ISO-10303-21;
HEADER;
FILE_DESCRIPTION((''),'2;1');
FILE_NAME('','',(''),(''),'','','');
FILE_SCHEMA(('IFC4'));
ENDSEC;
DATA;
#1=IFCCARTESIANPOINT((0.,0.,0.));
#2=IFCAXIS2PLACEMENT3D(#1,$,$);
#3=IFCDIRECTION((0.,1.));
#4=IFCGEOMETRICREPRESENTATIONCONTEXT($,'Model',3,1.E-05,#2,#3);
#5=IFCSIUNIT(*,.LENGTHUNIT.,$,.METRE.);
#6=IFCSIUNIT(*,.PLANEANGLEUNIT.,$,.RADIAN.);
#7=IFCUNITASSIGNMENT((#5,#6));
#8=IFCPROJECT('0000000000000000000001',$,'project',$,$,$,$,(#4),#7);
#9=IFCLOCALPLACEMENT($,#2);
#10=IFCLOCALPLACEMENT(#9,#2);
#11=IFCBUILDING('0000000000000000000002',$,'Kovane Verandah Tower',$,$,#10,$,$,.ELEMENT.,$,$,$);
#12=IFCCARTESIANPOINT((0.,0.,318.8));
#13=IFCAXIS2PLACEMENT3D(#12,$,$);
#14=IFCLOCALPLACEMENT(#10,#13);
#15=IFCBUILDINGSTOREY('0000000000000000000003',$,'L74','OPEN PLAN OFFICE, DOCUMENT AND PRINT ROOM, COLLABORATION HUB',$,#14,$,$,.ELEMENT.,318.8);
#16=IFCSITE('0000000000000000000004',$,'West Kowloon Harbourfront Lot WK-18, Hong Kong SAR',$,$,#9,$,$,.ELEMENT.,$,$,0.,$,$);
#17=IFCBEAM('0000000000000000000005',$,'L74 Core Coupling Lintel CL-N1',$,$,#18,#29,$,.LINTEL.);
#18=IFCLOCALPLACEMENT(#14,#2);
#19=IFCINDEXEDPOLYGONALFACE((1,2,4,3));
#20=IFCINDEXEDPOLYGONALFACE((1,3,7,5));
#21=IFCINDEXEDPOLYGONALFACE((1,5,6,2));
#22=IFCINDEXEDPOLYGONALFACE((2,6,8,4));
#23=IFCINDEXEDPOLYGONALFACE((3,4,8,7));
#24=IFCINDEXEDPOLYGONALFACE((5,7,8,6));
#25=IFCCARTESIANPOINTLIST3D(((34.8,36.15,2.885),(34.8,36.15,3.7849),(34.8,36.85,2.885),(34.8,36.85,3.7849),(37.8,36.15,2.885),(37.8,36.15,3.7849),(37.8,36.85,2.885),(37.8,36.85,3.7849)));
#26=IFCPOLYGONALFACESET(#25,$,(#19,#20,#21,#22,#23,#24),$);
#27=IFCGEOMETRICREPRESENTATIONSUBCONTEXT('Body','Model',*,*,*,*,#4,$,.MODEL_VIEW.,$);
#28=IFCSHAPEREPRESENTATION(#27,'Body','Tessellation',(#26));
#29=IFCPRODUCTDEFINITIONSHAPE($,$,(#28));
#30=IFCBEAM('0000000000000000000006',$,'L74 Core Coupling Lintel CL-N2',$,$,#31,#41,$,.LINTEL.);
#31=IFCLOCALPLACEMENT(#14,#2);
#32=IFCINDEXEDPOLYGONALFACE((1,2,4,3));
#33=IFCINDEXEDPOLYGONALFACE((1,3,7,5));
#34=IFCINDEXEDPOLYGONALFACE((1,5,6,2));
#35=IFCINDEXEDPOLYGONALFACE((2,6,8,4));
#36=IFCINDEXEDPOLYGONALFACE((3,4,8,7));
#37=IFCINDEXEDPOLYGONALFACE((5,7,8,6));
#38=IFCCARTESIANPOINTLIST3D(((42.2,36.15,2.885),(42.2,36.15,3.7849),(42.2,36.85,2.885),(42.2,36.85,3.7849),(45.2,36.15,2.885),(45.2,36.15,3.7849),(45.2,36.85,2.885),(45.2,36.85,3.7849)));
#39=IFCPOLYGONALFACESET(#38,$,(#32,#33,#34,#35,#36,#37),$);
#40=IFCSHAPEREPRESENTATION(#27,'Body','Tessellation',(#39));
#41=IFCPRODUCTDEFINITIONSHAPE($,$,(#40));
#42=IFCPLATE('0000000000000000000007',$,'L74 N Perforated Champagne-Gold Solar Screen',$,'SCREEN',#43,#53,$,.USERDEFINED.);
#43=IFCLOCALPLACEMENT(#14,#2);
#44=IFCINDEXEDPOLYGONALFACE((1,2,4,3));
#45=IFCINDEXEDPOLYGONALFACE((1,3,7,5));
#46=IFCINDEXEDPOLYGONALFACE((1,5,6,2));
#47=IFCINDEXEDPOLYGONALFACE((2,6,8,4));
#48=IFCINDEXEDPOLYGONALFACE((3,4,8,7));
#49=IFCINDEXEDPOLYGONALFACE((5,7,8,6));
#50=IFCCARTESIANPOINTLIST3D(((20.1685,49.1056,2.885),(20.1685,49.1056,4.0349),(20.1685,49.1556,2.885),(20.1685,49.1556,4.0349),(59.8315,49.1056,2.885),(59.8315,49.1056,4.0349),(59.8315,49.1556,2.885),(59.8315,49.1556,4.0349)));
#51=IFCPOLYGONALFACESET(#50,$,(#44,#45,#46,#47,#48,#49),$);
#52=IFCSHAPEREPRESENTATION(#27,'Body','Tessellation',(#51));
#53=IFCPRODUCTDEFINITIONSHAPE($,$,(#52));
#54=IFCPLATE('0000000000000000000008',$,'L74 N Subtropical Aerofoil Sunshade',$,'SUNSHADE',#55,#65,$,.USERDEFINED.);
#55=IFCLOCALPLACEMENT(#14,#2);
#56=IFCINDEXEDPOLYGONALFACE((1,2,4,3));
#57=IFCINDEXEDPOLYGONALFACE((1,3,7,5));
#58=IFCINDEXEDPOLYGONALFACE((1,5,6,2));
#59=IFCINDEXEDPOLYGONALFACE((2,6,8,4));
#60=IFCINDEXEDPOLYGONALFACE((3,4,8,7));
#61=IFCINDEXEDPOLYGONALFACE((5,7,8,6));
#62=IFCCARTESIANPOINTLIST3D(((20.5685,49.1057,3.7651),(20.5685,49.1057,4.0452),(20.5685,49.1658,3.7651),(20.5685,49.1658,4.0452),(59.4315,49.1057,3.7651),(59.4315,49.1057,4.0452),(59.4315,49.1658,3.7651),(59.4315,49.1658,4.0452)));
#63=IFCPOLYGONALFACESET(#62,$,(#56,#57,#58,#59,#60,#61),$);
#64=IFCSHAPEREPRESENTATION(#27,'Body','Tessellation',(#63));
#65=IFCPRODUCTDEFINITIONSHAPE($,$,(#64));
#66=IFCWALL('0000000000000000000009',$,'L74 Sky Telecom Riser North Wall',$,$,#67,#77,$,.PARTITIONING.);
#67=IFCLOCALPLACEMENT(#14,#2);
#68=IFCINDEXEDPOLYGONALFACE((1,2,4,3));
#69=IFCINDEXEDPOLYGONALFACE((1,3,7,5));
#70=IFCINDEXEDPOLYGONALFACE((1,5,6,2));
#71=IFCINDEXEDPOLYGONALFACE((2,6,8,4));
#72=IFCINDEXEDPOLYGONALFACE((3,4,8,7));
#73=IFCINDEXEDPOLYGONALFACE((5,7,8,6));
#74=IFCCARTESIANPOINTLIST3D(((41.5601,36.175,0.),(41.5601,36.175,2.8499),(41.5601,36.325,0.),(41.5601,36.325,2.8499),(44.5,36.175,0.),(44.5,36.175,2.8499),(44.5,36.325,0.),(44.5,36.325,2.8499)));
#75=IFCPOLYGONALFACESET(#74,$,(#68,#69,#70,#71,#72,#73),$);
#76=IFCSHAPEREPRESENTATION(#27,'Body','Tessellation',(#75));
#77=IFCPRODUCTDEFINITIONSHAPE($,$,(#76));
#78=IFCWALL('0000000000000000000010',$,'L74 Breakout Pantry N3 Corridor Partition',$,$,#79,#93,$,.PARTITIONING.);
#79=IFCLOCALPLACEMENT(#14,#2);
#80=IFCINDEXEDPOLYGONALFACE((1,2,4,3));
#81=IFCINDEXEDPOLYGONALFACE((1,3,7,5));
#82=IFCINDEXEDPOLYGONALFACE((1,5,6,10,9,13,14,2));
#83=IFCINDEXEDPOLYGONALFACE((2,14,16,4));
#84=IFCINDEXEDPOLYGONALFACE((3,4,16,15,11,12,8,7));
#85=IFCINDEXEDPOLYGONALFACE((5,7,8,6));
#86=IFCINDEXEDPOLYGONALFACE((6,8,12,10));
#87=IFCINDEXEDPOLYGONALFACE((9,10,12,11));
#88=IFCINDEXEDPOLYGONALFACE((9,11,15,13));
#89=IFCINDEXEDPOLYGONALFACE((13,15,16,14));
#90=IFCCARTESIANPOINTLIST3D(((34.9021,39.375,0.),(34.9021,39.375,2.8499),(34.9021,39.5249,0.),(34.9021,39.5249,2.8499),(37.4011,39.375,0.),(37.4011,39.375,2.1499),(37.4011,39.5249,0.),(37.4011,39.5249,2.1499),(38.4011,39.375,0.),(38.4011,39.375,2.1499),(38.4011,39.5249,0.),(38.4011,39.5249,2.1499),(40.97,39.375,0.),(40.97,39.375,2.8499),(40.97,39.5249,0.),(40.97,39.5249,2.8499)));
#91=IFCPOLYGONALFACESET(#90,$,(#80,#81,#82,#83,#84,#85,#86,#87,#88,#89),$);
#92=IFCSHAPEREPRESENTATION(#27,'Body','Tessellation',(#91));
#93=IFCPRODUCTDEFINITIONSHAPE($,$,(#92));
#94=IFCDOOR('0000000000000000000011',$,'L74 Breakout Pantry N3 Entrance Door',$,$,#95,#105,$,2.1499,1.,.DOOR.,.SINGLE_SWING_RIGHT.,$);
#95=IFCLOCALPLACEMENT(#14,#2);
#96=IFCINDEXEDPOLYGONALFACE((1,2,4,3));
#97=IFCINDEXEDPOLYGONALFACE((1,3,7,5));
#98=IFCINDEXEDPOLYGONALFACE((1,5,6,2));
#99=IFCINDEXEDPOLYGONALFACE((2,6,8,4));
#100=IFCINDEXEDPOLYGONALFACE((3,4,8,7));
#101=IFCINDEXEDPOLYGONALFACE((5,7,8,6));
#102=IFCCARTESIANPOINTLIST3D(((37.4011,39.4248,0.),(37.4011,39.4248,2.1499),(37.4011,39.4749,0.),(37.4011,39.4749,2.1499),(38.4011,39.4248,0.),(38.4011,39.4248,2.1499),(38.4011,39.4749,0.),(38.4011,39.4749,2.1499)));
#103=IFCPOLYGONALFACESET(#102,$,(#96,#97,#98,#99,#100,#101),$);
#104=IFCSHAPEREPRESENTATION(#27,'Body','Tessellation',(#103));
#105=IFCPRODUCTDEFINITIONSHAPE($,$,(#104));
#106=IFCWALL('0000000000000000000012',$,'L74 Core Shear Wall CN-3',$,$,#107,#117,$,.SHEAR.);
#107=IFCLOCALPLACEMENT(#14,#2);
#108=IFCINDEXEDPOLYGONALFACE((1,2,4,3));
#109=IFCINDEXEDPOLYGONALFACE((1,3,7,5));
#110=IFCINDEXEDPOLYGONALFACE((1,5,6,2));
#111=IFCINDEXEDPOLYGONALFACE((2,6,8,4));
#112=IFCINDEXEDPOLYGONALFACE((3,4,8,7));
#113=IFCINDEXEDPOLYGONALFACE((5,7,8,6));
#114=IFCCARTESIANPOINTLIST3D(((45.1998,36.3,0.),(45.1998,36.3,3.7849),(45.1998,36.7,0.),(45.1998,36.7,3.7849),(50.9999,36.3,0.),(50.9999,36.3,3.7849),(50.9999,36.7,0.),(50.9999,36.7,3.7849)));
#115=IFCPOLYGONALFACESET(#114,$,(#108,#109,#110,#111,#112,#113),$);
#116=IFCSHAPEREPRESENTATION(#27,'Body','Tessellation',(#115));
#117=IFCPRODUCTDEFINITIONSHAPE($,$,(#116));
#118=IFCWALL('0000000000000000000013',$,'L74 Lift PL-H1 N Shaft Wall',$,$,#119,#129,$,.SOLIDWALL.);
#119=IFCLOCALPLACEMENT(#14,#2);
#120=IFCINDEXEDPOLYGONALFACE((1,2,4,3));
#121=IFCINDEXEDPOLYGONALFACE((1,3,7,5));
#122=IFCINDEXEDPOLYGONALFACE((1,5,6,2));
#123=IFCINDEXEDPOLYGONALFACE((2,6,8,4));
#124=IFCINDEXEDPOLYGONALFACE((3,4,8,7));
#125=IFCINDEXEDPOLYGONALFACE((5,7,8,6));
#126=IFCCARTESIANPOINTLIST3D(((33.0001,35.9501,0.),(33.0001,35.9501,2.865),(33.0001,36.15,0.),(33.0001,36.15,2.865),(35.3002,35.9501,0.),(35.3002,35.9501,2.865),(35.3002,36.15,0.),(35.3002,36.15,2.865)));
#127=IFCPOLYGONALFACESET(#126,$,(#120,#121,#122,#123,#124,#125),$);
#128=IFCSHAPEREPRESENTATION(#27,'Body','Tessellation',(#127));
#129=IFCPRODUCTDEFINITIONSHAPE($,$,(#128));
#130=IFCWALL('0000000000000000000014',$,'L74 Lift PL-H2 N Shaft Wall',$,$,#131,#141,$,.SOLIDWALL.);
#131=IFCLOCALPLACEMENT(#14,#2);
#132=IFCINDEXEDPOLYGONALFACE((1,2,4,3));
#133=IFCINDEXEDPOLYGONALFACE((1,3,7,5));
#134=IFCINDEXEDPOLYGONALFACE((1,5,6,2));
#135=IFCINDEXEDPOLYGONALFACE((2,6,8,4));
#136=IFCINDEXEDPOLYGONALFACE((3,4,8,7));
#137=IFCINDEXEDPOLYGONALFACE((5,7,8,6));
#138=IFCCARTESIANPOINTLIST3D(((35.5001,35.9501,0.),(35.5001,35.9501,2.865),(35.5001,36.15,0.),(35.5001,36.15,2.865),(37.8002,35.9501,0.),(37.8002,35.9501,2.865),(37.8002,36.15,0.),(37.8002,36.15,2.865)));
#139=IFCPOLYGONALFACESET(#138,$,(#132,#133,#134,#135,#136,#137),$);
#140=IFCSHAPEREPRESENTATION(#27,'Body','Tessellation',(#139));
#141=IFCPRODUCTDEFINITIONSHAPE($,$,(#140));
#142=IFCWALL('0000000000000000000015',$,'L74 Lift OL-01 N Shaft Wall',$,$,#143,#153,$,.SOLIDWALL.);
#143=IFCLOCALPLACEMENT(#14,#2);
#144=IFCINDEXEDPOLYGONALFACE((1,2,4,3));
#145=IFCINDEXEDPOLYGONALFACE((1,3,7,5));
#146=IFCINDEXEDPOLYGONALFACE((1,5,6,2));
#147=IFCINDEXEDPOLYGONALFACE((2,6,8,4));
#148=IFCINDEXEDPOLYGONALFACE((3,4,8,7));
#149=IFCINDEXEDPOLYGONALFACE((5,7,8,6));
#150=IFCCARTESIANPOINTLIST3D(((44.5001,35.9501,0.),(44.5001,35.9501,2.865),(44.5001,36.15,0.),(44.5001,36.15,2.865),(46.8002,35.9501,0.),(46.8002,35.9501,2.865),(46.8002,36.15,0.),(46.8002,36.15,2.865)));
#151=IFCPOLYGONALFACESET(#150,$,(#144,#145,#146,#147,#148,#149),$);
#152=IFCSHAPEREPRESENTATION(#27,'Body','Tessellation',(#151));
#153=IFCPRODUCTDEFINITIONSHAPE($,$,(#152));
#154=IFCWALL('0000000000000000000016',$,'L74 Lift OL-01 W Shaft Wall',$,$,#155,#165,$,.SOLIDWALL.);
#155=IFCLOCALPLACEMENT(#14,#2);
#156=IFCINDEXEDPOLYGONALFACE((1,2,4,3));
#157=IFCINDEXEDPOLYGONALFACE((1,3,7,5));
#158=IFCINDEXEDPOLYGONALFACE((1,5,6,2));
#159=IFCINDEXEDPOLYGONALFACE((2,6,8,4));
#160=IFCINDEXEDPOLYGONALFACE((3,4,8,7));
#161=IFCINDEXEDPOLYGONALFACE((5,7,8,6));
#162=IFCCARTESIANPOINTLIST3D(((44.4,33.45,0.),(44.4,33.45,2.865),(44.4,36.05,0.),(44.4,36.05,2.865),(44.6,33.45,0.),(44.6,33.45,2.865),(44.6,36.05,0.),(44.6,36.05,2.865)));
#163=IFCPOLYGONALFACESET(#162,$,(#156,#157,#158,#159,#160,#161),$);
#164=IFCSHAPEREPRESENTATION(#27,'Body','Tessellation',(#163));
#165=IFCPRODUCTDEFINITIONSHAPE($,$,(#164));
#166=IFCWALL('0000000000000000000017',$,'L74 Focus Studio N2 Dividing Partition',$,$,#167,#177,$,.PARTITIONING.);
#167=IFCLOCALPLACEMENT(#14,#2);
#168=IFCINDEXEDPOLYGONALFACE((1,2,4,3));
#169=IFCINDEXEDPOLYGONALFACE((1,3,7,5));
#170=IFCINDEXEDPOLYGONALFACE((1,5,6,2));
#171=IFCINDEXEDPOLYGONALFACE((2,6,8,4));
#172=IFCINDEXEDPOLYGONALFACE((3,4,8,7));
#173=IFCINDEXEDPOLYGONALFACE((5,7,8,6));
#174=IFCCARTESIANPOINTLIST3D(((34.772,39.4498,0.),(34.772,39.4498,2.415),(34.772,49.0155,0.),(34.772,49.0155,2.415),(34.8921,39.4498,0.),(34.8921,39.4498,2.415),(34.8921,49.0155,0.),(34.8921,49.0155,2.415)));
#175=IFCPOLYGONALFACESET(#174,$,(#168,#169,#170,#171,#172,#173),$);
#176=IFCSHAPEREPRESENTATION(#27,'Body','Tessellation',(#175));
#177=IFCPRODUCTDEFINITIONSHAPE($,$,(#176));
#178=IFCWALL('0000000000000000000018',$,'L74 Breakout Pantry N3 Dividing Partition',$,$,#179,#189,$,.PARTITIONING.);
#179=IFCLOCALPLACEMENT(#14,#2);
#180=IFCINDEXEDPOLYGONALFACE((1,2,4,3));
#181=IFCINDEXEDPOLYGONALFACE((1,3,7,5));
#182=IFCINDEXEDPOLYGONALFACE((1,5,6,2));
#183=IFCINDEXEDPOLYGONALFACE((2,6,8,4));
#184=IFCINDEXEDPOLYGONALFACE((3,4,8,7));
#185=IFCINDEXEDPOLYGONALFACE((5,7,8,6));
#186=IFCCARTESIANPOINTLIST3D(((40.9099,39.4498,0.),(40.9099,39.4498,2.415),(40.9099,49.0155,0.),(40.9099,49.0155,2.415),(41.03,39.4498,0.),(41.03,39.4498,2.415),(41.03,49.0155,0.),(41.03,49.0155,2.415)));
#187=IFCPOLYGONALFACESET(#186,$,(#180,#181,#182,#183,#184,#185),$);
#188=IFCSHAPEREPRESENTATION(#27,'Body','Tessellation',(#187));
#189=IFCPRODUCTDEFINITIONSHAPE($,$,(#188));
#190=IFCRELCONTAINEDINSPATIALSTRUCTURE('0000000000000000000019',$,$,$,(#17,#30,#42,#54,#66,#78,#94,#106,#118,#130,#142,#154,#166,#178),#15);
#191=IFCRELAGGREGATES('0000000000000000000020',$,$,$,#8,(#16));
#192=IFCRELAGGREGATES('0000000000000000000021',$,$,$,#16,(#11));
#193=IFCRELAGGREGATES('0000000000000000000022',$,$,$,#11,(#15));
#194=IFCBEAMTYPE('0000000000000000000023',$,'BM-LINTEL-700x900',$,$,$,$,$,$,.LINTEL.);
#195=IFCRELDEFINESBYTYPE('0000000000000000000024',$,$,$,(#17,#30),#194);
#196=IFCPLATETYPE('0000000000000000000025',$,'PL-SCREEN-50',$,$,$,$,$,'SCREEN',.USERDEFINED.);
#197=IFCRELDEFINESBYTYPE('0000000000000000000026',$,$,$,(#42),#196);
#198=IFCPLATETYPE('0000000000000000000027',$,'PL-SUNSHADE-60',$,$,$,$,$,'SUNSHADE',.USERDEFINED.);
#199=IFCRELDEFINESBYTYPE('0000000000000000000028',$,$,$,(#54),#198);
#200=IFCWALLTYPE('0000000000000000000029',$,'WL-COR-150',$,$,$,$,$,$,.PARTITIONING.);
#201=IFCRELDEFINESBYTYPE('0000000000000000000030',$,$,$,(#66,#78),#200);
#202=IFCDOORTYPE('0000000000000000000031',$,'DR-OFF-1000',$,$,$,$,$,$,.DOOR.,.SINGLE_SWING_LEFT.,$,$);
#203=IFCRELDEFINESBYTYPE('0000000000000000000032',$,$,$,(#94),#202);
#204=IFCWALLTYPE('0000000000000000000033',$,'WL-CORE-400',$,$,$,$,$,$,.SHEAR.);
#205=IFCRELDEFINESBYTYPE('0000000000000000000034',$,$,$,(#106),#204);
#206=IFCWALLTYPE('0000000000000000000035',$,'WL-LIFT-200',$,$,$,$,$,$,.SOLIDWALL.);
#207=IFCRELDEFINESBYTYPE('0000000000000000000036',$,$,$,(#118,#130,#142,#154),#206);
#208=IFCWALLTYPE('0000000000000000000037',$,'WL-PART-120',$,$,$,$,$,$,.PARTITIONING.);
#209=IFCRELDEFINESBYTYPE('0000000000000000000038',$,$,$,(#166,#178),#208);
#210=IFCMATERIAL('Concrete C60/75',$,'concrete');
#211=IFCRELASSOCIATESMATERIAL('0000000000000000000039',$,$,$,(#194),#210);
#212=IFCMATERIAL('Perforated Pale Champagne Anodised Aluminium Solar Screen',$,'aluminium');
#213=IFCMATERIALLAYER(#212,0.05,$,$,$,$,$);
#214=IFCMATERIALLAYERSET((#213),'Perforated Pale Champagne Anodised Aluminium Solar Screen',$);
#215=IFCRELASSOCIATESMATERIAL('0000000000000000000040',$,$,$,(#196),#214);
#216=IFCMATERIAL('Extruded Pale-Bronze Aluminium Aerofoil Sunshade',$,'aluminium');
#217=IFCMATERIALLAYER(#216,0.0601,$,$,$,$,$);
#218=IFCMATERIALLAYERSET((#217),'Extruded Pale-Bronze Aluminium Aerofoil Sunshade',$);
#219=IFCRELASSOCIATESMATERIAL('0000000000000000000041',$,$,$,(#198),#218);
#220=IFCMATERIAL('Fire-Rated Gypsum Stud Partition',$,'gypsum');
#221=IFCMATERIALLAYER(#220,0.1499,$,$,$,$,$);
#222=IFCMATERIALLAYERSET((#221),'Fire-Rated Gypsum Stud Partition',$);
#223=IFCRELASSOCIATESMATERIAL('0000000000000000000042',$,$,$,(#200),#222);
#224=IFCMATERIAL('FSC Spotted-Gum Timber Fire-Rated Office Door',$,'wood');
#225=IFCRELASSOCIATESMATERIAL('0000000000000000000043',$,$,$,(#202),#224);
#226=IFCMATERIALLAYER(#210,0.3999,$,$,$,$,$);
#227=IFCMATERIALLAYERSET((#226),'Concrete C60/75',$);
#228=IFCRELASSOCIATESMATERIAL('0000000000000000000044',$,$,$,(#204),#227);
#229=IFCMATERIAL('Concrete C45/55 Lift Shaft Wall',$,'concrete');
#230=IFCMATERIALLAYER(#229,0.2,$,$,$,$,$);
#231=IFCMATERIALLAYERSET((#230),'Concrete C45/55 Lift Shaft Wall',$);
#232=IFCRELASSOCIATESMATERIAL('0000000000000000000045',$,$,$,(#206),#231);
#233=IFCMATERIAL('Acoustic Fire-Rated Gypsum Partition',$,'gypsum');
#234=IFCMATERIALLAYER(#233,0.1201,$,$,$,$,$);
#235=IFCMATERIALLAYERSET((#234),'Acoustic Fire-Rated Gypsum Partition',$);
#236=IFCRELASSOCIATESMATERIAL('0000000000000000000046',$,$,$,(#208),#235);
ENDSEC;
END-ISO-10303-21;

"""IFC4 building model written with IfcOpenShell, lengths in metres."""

from ifc_helpers import new_model, si_unit, direction, frame, frame_2d, origin, origin_2d, place, context, subcontext, project, spatial, rectangle, extrude, material, layer, layer_set, material_profile, profile_set, type_object, element, fill, save


model = new_model("IFC4")

# Units and contexts
model_context = context("Model", 3, precision=1e-05, world=origin(), true_north=direction((0.0, 1.0)))
body_context = subcontext(model_context, "Body", "Model", "MODEL_VIEW")
ifc_project = project(units=[si_unit("LENGTHUNIT", "METRE"), si_unit("PLANEANGLEUNIT", "RADIAN")], contexts=[model_context])

# Site, building, storey
site_placement = place(None, origin())
site = spatial("IfcSite", under=ifc_project, at=site_placement, Name="West Kowloon Harbourfront Lot WK-18, Hong Kong SAR", CompositionType="ELEMENT", RefElevation=0.0)
building_placement = place(site_placement, origin())
building = spatial("IfcBuilding", under=site, at=building_placement, Name="Kovane Verandah Tower", CompositionType="ELEMENT")
storey_placement = place(building_placement, frame((0.0, 0.0, 318.8)))
storey = spatial("IfcBuildingStorey", under=building, at=storey_placement, Name="L74", Description="OPEN PLAN OFFICE, DOCUMENT AND PRINT ROOM, COLLABORATION HUB", CompositionType="ELEMENT", Elevation=318.8)

# Beams
ifc_material_1 = material(Name="Concrete C60/75", Category="concrete")
ifc_material_profile = material_profile(ifc_material_1, rectangle(XDim=0.7, YDim=0.8999, at=origin_2d()), Name="RCB700x900")
ifc_profile_set = profile_set([ifc_material_profile], Name="Concrete C60/75")
beam_type = type_object("IfcBeamType", Name="BM-LINTEL-700x900", PredefinedType="LINTEL", material=ifc_profile_set)
for number, where, z_axis, x_axis, name in (
    (1, (34.8, 36.5, 3.335), (1.0, 0.0, 0.0), (0.0, 1.0, 0.0), "L74 Core Coupling Lintel CL-N1"),
    (2, (42.2, 36.5, 3.335), (1.0, 0.0, 0.0), (0.0, 1.0, 0.0), "L74 Core Coupling Lintel CL-N2"),
):
    element("IfcBeam", number, at=place(storey_placement, frame(where, z_axis=z_axis, x_axis=x_axis)), inside=storey, type_object=beam_type, Name=name, PredefinedType="LINTEL", context=body_context, shape_type="SweptSolid", body=[
        extrude(rectangle(XDim=0.7, YDim=0.8999, at=origin_2d()), origin(), (0.0, 0.0, 1.0), 3.0),
    ])

# Plates
ifc_material_2 = material(Name="Perforated Pale Champagne Anodised Aluminium Solar Screen", Category="aluminium")
ifc_layer_1 = layer(ifc_material_2, 0.05)
ifc_layer_set_1 = layer_set([ifc_layer_1], Name="Perforated Pale Champagne Anodised Aluminium Solar Screen")
plate_type_1 = type_object("IfcPlateType", Name="PL-SCREEN-50", ElementType="SCREEN", PredefinedType="USERDEFINED", material=ifc_layer_set_1)
plate_1_placement = place(storey_placement, frame((40.0, 49.1306, 2.885), z_axis=(0.0, 0.0, 1.0), x_axis=(-1.0, 0.0, 0.0)))
element("IfcPlate", 3, at=plate_1_placement, inside=storey, type_object=plate_type_1, Name="L74 N Perforated Champagne-Gold Solar Screen", ObjectType="SCREEN", PredefinedType="USERDEFINED", context=body_context, shape_type="SweptSolid", body=[
    extrude(rectangle(XDim=39.6631, YDim=0.05, at=origin_2d()), origin(), (0.0, 0.0, 1.0), 1.1499),
])
ifc_material_3 = material(Name="Extruded Pale-Bronze Aluminium Aerofoil Sunshade", Category="aluminium")
ifc_layer_2 = layer(ifc_material_3, 0.0601)
ifc_layer_set_2 = layer_set([ifc_layer_2], Name="Extruded Pale-Bronze Aluminium Aerofoil Sunshade")
plate_type_2 = type_object("IfcPlateType", Name="PL-SUNSHADE-60", ElementType="SUNSHADE", PredefinedType="USERDEFINED", material=ifc_layer_set_2)
plate_2_placement = place(storey_placement, frame((40.0, 49.1357, 3.7651), z_axis=(0.0, 0.0, 1.0), x_axis=(-1.0, 0.0, 0.0)))
element("IfcPlate", 4, at=plate_2_placement, inside=storey, type_object=plate_type_2, Name="L74 N Subtropical Aerofoil Sunshade", ObjectType="SUNSHADE", PredefinedType="USERDEFINED", context=body_context, shape_type="SweptSolid", body=[
    extrude(rectangle(XDim=38.863, YDim=0.0601, at=origin_2d()), origin(), (0.0, 0.0, 1.0), 0.28),
])

# Wall
ifc_material_4 = material(Name="Fire-Rated Gypsum Stud Partition", Category="gypsum")
ifc_layer_3 = layer(ifc_material_4, 0.1499)
ifc_layer_set_3 = layer_set([ifc_layer_3], Name="Fire-Rated Gypsum Stud Partition")
wall_type_1 = type_object("IfcWallType", Name="WL-COR-150", PredefinedType="PARTITIONING", material=ifc_layer_set_3)
wall_1_placement = place(storey_placement, frame((41.5601, 36.25, 0.0), z_axis=(0.0, 0.0, 1.0), x_axis=(1.0, 0.0, 0.0)))
element("IfcWall", 5, at=wall_1_placement, inside=storey, type_object=wall_type_1, Name="L74 Sky Telecom Riser North Wall", PredefinedType="PARTITIONING", context=body_context, shape_type="SweptSolid", body=[
    extrude(rectangle(XDim=2.9399, YDim=0.1499, at=frame_2d((1.47, 0.0))), origin(), (0.0, 0.0, 1.0), 2.8499),
])

# Wall, opening, door
wall_2_placement = place(storey_placement, frame((34.9021, 39.45, 0.0), z_axis=(0.0, 0.0, 1.0), x_axis=(1.0, 0.0, 0.0)))
wall_2 = element("IfcWall", 6, at=wall_2_placement, inside=storey, type_object=wall_type_1, Name="L74 Breakout Pantry N3 Corridor Partition", PredefinedType="PARTITIONING", context=body_context, shape_type="SweptSolid", body=[
    extrude(rectangle(XDim=6.0679, YDim=0.1499, at=frame_2d((3.0339, 0.0))), origin(), (0.0, 0.0, 1.0), 2.8499),
])
opening_1_placement = place(wall_2_placement, frame((2.499, 0.0, 0.0)))
opening_1 = element("IfcOpeningElement", 7, at=opening_1_placement, cuts=wall_2, PredefinedType="OPENING", context=body_context, shape_type="SweptSolid", body=[
    extrude(rectangle(XDim=1.0, YDim=2.1499, at=frame_2d((0.5, 1.075))), frame((0.0, 0.075, 0.0), z_axis=(0.0, -1.0, 0.0), x_axis=(1.0, 0.0, 0.0)), (0.0, 0.0, 1.0), 0.1499),
])
ifc_material_5 = material(Name="FSC Spotted-Gum Timber Fire-Rated Office Door", Category="wood")
door_type_1 = type_object("IfcDoorType", Name="DR-OFF-1000", OperationType="SINGLE_SWING_LEFT", PredefinedType="DOOR", material=ifc_material_5)
door_1_placement = place(opening_1_placement, origin())
door_1 = element("IfcDoor", 8, at=door_1_placement, inside=storey, type_object=door_type_1, Name="L74 Breakout Pantry N3 Entrance Door", OperationType="SINGLE_SWING_RIGHT", OverallHeight=2.1499, OverallWidth=1.0, PredefinedType="DOOR", context=body_context, shape_type="SweptSolid", body=[
    extrude(rectangle(XDim=1.0, YDim=2.1499, at=frame_2d((0.5, 1.075))), frame((0.0, 0.0249, 0.0), z_axis=(0.0, -1.0, 0.0), x_axis=(1.0, 0.0, 0.0)), (0.0, 0.0, 1.0), 0.05),
])
fill(opening_1, door_1)
ifc_layer_4 = layer(ifc_material_1, 0.3999)
ifc_layer_set_4 = layer_set([ifc_layer_4], Name="Concrete C60/75")
wall_type_2 = type_object("IfcWallType", Name="WL-CORE-400", PredefinedType="SHEAR", material=ifc_layer_set_4)

# Walls
wall_3_placement = place(storey_placement, frame((45.2, 36.5, 0.0), z_axis=(0.0, 0.0, 1.0), x_axis=(1.0, 0.0, 0.0)))
element("IfcWall", 9, at=wall_3_placement, inside=storey, type_object=wall_type_2, Name="L74 Core Shear Wall CN-3", PredefinedType="SHEAR", context=body_context, shape_type="SweptSolid", body=[
    extrude(rectangle(XDim=5.8, YDim=0.3999, at=frame_2d((2.8999, 0.0))), origin(), (0.0, 0.0, 1.0), 3.7849),
])
ifc_material_6 = material(Name="Concrete C45/55 Lift Shaft Wall", Category="concrete")
ifc_layer_5 = layer(ifc_material_6, 0.2)
ifc_layer_set_5 = layer_set([ifc_layer_5], Name="Concrete C45/55 Lift Shaft Wall")
wall_type_3 = type_object("IfcWallType", Name="WL-LIFT-200", PredefinedType="SOLIDWALL", material=ifc_layer_set_5)
for number, where, z_axis, x_axis, name in (
    (10, (35.3, 36.05, 0.0), (0.0, 0.0, 1.0), (-1.0, 0.0, 0.0), "L74 Lift PL-H1 N Shaft Wall"),
    (11, (37.8, 36.05, 0.0), (0.0, 0.0, 1.0), (-1.0, 0.0, 0.0), "L74 Lift PL-H2 N Shaft Wall"),
    (12, (46.8, 36.05, 0.0), (0.0, 0.0, 1.0), (-1.0, 0.0, 0.0), "L74 Lift OL-01 N Shaft Wall"),
):
    element("IfcWall", number, at=place(storey_placement, frame(where, z_axis=z_axis, x_axis=x_axis)), inside=storey, type_object=wall_type_3, Name=name, PredefinedType="SOLIDWALL", context=body_context, shape_type="SweptSolid", body=[
        extrude(rectangle(XDim=2.3, YDim=0.2, at=frame_2d((1.1499, 0.0))), origin(), (0.0, 0.0, 1.0), 2.865),
    ])
wall_4_placement = place(storey_placement, frame((44.5, 36.05, 0.0), z_axis=(0.0, 0.0, 1.0), x_axis=(0.0, -1.0, 0.0)))
element("IfcWall", 13, at=wall_4_placement, inside=storey, type_object=wall_type_3, Name="L74 Lift OL-01 W Shaft Wall", PredefinedType="SOLIDWALL", context=body_context, shape_type="SweptSolid", body=[
    extrude(rectangle(XDim=2.6001, YDim=0.2, at=frame_2d((1.3, 0.0))), origin(), (0.0, 0.0, 1.0), 2.865),
])
ifc_material_7 = material(Name="Acoustic Fire-Rated Gypsum Partition", Category="gypsum")
ifc_layer_6 = layer(ifc_material_7, 0.1201)
ifc_layer_set_6 = layer_set([ifc_layer_6], Name="Acoustic Fire-Rated Gypsum Partition")
wall_type_4 = type_object("IfcWallType", Name="WL-PART-120", PredefinedType="PARTITIONING", material=ifc_layer_set_6)
for number, where, z_axis, x_axis, name in (
    (14, (34.832, 39.45, 0.0), (0.0, 0.0, 1.0), (0.0, 1.0, 0.0), "L74 Focus Studio N2 Dividing Partition"),
    (15, (40.97, 39.45, 0.0), (0.0, 0.0, 1.0), (0.0, 1.0, 0.0), "L74 Breakout Pantry N3 Dividing Partition"),
):
    element("IfcWall", number, at=place(storey_placement, frame(where, z_axis=z_axis, x_axis=x_axis)), inside=storey, type_object=wall_type_4, Name=name, PredefinedType="PARTITIONING", context=body_context, shape_type="SweptSolid", body=[
        extrude(rectangle(XDim=9.5657, YDim=0.1201, at=frame_2d((4.7827, 0.0))), origin(), (0.0, 0.0, 1.0), 2.415),
    ])

save(model, "model.ifc")
